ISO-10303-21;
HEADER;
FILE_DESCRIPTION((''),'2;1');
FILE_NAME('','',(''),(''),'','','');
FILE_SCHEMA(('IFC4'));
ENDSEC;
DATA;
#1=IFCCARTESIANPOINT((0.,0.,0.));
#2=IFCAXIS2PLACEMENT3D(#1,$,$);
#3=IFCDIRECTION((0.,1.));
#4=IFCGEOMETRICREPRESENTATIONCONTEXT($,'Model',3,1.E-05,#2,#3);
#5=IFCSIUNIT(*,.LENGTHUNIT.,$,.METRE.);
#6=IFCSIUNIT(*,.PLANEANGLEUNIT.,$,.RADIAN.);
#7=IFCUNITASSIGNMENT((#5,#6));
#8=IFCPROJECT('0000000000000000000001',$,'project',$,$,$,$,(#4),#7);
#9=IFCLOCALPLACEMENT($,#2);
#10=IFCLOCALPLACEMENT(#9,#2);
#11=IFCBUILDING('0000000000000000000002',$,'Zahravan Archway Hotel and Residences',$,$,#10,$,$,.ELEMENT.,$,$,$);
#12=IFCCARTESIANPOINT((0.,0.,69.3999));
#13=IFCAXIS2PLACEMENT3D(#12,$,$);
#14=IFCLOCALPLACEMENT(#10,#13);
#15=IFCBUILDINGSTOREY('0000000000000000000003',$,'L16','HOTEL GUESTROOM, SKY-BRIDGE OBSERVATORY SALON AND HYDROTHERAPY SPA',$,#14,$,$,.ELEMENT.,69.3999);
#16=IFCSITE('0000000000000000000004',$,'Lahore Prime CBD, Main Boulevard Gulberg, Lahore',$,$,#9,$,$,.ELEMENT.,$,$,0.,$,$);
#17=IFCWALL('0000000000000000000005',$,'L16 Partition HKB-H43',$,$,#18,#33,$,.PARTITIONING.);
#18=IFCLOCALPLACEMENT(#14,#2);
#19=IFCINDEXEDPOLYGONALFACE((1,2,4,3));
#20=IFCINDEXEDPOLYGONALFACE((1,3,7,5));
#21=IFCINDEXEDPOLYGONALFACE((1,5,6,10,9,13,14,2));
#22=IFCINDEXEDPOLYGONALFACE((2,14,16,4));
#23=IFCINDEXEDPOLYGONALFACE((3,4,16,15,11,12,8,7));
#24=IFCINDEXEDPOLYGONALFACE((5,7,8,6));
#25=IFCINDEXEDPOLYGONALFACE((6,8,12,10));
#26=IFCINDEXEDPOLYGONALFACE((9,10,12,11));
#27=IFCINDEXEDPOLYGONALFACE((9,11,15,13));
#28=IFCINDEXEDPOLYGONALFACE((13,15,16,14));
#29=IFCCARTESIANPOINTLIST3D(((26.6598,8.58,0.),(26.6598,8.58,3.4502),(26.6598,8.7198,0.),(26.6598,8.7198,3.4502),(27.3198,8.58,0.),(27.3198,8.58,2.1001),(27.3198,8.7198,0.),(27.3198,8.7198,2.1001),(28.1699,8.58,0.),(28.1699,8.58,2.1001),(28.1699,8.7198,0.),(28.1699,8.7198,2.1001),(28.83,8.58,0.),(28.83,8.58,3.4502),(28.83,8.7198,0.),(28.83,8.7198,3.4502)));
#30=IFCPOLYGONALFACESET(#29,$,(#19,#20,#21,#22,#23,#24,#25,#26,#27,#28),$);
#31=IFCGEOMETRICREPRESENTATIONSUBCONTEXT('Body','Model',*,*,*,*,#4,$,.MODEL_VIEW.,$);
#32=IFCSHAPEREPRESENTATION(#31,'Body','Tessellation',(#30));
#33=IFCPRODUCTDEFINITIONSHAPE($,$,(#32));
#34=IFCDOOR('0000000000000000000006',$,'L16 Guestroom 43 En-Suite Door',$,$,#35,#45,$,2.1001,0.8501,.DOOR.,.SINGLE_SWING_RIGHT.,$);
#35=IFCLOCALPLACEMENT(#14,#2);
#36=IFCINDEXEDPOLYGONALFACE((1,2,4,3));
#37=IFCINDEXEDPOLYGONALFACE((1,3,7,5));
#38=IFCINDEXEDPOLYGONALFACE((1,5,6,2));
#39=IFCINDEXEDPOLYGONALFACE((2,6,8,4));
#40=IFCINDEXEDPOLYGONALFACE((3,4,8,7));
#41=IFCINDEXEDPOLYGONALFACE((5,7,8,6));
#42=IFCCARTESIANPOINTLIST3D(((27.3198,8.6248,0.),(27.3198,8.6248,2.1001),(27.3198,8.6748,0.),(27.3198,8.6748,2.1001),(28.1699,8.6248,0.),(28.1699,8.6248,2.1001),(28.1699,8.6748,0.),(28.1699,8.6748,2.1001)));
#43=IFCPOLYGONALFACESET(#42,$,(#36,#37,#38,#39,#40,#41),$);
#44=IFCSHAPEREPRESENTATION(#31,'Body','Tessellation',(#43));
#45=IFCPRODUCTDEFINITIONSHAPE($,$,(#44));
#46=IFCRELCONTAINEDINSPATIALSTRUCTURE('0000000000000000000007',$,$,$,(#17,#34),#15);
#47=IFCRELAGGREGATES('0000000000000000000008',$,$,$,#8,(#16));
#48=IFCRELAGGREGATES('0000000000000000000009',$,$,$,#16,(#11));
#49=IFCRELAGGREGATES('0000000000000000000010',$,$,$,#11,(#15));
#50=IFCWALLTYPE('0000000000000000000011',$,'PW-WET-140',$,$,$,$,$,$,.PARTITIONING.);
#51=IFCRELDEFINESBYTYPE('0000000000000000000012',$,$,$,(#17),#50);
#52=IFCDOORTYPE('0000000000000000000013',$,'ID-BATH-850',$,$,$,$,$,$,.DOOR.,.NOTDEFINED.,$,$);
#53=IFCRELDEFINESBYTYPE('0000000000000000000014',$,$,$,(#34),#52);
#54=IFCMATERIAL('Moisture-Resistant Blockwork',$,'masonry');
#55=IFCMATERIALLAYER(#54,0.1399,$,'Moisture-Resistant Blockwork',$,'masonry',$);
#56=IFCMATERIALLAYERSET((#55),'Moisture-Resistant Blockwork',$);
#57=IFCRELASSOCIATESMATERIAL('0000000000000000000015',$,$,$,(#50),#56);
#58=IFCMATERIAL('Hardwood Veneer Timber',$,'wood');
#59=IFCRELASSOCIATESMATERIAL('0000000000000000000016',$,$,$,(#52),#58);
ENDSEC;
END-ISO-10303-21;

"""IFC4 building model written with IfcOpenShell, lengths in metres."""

from ifc_helpers import new_model, si_unit, direction, frame, frame_2d, origin, place, context, subcontext, project, spatial, rectangle, extrude, source, transform, mapped, material, layer, layer_set, type_object, type_shapes, element, fill, save


model = new_model("IFC4")

# Units and contexts
model_context = context("Model", 3, precision=1e-05, world=origin(), true_north=direction((0.0, 1.0)))
body_context = subcontext(model_context, "Body", "Model", "MODEL_VIEW")
ifc_project = project(units=[si_unit("LENGTHUNIT", "METRE"), si_unit("PLANEANGLEUNIT", "RADIAN")], contexts=[model_context])

# Site, building, storey
site_placement = place(None, origin())
site = spatial("IfcSite", under=ifc_project, at=site_placement, Name="Lahore Prime CBD, Main Boulevard Gulberg, Lahore", CompositionType="ELEMENT", RefElevation=0.0)
building_placement = place(site_placement, origin())
building = spatial("IfcBuilding", under=site, at=building_placement, Name="Zahravan Archway Hotel and Residences", CompositionType="ELEMENT")
storey_placement = place(building_placement, frame((0.0, 0.0, 69.3999)))
storey = spatial("IfcBuildingStorey", under=building, at=storey_placement, Name="L16", Description="HOTEL GUESTROOM, SKY-BRIDGE OBSERVATORY SALON AND HYDROTHERAPY SPA", CompositionType="ELEMENT", Elevation=69.3999)

# Shared definitions
ifc_material_1 = material(Name="Hardwood Veneer Timber", Category="wood")

# Shared definitions
ifc_material_2 = material(Name="Moisture-Resistant Blockwork", Category="masonry")
ifc_layer_1 = layer(ifc_material_2, 0.1399, Name="Moisture-Resistant Blockwork", Category="masonry")
ifc_layer_set_1 = layer_set([ifc_layer_1], Name="Moisture-Resistant Blockwork")
wall_type_1 = type_object("IfcWallType", Name="PW-WET-140", PredefinedType="PARTITIONING", material=ifc_layer_set_1)
door_type_1 = type_object("IfcDoorType", Name="ID-BATH-850", OperationType="NOTDEFINED", PredefinedType="DOOR", material=ifc_material_1)
shared_shape_1 = source(origin(), body_context, "Body", "SweptSolid", [
    extrude(rectangle(XDim=0.8501, YDim=2.1001, at=frame_2d((0.425, 1.05))), frame((0.0, 0.0249, 0.0), z_axis=(0.0, -1.0, 0.0), x_axis=(1.0, 0.0, 0.0)), (0.0, 0.0, 1.0), 0.05),
])
type_shapes(door_type_1, [shared_shape_1])

# Wall, opening, door
wall_1_placement = place(storey_placement, frame((26.6599, 8.6499, 0.0), z_axis=(0.0, 0.0, 1.0), x_axis=(1.0, 0.0, 0.0)))
wall_1 = element("IfcWall", 1, at=wall_1_placement, inside=storey, type_object=wall_type_1, Name="L16 Partition HKB-H43", PredefinedType="PARTITIONING", context=body_context, shape_type="SweptSolid", body=[
    extrude(rectangle(XDim=2.1702, YDim=0.1399, at=frame_2d((1.085, 0.0))), origin(), (0.0, 0.0, 1.0), 3.4502),
])
opening_1_placement = place(wall_1_placement, frame((0.6599, 0.0, 0.0)))
opening_1 = element("IfcOpeningElement", 2, at=opening_1_placement, cuts=wall_1, PredefinedType="OPENING", context=body_context, shape_type="SweptSolid", body=[
    extrude(rectangle(XDim=0.8501, YDim=2.1001, at=frame_2d((0.425, 1.05))), frame((0.0, 0.0801, 0.0), z_axis=(0.0, -1.0, 0.0), x_axis=(1.0, 0.0, 0.0)), (0.0, 0.0, 1.0), 0.1599),
])
door_1_placement = place(opening_1_placement, origin())
door_1 = element("IfcDoor", 3, at=door_1_placement, inside=storey, type_object=door_type_1, Name="L16 Guestroom 43 En-Suite Door", OperationType="SINGLE_SWING_RIGHT", OverallHeight=2.1001, OverallWidth=0.8501, PredefinedType="DOOR", context=body_context, shape_type="MappedRepresentation", body=[
    mapped(shared_shape_1, transform((0.0, 0.0, 0.0), scale=1.0)),
])
fill(opening_1, door_1)

save(model, "model.ifc")
